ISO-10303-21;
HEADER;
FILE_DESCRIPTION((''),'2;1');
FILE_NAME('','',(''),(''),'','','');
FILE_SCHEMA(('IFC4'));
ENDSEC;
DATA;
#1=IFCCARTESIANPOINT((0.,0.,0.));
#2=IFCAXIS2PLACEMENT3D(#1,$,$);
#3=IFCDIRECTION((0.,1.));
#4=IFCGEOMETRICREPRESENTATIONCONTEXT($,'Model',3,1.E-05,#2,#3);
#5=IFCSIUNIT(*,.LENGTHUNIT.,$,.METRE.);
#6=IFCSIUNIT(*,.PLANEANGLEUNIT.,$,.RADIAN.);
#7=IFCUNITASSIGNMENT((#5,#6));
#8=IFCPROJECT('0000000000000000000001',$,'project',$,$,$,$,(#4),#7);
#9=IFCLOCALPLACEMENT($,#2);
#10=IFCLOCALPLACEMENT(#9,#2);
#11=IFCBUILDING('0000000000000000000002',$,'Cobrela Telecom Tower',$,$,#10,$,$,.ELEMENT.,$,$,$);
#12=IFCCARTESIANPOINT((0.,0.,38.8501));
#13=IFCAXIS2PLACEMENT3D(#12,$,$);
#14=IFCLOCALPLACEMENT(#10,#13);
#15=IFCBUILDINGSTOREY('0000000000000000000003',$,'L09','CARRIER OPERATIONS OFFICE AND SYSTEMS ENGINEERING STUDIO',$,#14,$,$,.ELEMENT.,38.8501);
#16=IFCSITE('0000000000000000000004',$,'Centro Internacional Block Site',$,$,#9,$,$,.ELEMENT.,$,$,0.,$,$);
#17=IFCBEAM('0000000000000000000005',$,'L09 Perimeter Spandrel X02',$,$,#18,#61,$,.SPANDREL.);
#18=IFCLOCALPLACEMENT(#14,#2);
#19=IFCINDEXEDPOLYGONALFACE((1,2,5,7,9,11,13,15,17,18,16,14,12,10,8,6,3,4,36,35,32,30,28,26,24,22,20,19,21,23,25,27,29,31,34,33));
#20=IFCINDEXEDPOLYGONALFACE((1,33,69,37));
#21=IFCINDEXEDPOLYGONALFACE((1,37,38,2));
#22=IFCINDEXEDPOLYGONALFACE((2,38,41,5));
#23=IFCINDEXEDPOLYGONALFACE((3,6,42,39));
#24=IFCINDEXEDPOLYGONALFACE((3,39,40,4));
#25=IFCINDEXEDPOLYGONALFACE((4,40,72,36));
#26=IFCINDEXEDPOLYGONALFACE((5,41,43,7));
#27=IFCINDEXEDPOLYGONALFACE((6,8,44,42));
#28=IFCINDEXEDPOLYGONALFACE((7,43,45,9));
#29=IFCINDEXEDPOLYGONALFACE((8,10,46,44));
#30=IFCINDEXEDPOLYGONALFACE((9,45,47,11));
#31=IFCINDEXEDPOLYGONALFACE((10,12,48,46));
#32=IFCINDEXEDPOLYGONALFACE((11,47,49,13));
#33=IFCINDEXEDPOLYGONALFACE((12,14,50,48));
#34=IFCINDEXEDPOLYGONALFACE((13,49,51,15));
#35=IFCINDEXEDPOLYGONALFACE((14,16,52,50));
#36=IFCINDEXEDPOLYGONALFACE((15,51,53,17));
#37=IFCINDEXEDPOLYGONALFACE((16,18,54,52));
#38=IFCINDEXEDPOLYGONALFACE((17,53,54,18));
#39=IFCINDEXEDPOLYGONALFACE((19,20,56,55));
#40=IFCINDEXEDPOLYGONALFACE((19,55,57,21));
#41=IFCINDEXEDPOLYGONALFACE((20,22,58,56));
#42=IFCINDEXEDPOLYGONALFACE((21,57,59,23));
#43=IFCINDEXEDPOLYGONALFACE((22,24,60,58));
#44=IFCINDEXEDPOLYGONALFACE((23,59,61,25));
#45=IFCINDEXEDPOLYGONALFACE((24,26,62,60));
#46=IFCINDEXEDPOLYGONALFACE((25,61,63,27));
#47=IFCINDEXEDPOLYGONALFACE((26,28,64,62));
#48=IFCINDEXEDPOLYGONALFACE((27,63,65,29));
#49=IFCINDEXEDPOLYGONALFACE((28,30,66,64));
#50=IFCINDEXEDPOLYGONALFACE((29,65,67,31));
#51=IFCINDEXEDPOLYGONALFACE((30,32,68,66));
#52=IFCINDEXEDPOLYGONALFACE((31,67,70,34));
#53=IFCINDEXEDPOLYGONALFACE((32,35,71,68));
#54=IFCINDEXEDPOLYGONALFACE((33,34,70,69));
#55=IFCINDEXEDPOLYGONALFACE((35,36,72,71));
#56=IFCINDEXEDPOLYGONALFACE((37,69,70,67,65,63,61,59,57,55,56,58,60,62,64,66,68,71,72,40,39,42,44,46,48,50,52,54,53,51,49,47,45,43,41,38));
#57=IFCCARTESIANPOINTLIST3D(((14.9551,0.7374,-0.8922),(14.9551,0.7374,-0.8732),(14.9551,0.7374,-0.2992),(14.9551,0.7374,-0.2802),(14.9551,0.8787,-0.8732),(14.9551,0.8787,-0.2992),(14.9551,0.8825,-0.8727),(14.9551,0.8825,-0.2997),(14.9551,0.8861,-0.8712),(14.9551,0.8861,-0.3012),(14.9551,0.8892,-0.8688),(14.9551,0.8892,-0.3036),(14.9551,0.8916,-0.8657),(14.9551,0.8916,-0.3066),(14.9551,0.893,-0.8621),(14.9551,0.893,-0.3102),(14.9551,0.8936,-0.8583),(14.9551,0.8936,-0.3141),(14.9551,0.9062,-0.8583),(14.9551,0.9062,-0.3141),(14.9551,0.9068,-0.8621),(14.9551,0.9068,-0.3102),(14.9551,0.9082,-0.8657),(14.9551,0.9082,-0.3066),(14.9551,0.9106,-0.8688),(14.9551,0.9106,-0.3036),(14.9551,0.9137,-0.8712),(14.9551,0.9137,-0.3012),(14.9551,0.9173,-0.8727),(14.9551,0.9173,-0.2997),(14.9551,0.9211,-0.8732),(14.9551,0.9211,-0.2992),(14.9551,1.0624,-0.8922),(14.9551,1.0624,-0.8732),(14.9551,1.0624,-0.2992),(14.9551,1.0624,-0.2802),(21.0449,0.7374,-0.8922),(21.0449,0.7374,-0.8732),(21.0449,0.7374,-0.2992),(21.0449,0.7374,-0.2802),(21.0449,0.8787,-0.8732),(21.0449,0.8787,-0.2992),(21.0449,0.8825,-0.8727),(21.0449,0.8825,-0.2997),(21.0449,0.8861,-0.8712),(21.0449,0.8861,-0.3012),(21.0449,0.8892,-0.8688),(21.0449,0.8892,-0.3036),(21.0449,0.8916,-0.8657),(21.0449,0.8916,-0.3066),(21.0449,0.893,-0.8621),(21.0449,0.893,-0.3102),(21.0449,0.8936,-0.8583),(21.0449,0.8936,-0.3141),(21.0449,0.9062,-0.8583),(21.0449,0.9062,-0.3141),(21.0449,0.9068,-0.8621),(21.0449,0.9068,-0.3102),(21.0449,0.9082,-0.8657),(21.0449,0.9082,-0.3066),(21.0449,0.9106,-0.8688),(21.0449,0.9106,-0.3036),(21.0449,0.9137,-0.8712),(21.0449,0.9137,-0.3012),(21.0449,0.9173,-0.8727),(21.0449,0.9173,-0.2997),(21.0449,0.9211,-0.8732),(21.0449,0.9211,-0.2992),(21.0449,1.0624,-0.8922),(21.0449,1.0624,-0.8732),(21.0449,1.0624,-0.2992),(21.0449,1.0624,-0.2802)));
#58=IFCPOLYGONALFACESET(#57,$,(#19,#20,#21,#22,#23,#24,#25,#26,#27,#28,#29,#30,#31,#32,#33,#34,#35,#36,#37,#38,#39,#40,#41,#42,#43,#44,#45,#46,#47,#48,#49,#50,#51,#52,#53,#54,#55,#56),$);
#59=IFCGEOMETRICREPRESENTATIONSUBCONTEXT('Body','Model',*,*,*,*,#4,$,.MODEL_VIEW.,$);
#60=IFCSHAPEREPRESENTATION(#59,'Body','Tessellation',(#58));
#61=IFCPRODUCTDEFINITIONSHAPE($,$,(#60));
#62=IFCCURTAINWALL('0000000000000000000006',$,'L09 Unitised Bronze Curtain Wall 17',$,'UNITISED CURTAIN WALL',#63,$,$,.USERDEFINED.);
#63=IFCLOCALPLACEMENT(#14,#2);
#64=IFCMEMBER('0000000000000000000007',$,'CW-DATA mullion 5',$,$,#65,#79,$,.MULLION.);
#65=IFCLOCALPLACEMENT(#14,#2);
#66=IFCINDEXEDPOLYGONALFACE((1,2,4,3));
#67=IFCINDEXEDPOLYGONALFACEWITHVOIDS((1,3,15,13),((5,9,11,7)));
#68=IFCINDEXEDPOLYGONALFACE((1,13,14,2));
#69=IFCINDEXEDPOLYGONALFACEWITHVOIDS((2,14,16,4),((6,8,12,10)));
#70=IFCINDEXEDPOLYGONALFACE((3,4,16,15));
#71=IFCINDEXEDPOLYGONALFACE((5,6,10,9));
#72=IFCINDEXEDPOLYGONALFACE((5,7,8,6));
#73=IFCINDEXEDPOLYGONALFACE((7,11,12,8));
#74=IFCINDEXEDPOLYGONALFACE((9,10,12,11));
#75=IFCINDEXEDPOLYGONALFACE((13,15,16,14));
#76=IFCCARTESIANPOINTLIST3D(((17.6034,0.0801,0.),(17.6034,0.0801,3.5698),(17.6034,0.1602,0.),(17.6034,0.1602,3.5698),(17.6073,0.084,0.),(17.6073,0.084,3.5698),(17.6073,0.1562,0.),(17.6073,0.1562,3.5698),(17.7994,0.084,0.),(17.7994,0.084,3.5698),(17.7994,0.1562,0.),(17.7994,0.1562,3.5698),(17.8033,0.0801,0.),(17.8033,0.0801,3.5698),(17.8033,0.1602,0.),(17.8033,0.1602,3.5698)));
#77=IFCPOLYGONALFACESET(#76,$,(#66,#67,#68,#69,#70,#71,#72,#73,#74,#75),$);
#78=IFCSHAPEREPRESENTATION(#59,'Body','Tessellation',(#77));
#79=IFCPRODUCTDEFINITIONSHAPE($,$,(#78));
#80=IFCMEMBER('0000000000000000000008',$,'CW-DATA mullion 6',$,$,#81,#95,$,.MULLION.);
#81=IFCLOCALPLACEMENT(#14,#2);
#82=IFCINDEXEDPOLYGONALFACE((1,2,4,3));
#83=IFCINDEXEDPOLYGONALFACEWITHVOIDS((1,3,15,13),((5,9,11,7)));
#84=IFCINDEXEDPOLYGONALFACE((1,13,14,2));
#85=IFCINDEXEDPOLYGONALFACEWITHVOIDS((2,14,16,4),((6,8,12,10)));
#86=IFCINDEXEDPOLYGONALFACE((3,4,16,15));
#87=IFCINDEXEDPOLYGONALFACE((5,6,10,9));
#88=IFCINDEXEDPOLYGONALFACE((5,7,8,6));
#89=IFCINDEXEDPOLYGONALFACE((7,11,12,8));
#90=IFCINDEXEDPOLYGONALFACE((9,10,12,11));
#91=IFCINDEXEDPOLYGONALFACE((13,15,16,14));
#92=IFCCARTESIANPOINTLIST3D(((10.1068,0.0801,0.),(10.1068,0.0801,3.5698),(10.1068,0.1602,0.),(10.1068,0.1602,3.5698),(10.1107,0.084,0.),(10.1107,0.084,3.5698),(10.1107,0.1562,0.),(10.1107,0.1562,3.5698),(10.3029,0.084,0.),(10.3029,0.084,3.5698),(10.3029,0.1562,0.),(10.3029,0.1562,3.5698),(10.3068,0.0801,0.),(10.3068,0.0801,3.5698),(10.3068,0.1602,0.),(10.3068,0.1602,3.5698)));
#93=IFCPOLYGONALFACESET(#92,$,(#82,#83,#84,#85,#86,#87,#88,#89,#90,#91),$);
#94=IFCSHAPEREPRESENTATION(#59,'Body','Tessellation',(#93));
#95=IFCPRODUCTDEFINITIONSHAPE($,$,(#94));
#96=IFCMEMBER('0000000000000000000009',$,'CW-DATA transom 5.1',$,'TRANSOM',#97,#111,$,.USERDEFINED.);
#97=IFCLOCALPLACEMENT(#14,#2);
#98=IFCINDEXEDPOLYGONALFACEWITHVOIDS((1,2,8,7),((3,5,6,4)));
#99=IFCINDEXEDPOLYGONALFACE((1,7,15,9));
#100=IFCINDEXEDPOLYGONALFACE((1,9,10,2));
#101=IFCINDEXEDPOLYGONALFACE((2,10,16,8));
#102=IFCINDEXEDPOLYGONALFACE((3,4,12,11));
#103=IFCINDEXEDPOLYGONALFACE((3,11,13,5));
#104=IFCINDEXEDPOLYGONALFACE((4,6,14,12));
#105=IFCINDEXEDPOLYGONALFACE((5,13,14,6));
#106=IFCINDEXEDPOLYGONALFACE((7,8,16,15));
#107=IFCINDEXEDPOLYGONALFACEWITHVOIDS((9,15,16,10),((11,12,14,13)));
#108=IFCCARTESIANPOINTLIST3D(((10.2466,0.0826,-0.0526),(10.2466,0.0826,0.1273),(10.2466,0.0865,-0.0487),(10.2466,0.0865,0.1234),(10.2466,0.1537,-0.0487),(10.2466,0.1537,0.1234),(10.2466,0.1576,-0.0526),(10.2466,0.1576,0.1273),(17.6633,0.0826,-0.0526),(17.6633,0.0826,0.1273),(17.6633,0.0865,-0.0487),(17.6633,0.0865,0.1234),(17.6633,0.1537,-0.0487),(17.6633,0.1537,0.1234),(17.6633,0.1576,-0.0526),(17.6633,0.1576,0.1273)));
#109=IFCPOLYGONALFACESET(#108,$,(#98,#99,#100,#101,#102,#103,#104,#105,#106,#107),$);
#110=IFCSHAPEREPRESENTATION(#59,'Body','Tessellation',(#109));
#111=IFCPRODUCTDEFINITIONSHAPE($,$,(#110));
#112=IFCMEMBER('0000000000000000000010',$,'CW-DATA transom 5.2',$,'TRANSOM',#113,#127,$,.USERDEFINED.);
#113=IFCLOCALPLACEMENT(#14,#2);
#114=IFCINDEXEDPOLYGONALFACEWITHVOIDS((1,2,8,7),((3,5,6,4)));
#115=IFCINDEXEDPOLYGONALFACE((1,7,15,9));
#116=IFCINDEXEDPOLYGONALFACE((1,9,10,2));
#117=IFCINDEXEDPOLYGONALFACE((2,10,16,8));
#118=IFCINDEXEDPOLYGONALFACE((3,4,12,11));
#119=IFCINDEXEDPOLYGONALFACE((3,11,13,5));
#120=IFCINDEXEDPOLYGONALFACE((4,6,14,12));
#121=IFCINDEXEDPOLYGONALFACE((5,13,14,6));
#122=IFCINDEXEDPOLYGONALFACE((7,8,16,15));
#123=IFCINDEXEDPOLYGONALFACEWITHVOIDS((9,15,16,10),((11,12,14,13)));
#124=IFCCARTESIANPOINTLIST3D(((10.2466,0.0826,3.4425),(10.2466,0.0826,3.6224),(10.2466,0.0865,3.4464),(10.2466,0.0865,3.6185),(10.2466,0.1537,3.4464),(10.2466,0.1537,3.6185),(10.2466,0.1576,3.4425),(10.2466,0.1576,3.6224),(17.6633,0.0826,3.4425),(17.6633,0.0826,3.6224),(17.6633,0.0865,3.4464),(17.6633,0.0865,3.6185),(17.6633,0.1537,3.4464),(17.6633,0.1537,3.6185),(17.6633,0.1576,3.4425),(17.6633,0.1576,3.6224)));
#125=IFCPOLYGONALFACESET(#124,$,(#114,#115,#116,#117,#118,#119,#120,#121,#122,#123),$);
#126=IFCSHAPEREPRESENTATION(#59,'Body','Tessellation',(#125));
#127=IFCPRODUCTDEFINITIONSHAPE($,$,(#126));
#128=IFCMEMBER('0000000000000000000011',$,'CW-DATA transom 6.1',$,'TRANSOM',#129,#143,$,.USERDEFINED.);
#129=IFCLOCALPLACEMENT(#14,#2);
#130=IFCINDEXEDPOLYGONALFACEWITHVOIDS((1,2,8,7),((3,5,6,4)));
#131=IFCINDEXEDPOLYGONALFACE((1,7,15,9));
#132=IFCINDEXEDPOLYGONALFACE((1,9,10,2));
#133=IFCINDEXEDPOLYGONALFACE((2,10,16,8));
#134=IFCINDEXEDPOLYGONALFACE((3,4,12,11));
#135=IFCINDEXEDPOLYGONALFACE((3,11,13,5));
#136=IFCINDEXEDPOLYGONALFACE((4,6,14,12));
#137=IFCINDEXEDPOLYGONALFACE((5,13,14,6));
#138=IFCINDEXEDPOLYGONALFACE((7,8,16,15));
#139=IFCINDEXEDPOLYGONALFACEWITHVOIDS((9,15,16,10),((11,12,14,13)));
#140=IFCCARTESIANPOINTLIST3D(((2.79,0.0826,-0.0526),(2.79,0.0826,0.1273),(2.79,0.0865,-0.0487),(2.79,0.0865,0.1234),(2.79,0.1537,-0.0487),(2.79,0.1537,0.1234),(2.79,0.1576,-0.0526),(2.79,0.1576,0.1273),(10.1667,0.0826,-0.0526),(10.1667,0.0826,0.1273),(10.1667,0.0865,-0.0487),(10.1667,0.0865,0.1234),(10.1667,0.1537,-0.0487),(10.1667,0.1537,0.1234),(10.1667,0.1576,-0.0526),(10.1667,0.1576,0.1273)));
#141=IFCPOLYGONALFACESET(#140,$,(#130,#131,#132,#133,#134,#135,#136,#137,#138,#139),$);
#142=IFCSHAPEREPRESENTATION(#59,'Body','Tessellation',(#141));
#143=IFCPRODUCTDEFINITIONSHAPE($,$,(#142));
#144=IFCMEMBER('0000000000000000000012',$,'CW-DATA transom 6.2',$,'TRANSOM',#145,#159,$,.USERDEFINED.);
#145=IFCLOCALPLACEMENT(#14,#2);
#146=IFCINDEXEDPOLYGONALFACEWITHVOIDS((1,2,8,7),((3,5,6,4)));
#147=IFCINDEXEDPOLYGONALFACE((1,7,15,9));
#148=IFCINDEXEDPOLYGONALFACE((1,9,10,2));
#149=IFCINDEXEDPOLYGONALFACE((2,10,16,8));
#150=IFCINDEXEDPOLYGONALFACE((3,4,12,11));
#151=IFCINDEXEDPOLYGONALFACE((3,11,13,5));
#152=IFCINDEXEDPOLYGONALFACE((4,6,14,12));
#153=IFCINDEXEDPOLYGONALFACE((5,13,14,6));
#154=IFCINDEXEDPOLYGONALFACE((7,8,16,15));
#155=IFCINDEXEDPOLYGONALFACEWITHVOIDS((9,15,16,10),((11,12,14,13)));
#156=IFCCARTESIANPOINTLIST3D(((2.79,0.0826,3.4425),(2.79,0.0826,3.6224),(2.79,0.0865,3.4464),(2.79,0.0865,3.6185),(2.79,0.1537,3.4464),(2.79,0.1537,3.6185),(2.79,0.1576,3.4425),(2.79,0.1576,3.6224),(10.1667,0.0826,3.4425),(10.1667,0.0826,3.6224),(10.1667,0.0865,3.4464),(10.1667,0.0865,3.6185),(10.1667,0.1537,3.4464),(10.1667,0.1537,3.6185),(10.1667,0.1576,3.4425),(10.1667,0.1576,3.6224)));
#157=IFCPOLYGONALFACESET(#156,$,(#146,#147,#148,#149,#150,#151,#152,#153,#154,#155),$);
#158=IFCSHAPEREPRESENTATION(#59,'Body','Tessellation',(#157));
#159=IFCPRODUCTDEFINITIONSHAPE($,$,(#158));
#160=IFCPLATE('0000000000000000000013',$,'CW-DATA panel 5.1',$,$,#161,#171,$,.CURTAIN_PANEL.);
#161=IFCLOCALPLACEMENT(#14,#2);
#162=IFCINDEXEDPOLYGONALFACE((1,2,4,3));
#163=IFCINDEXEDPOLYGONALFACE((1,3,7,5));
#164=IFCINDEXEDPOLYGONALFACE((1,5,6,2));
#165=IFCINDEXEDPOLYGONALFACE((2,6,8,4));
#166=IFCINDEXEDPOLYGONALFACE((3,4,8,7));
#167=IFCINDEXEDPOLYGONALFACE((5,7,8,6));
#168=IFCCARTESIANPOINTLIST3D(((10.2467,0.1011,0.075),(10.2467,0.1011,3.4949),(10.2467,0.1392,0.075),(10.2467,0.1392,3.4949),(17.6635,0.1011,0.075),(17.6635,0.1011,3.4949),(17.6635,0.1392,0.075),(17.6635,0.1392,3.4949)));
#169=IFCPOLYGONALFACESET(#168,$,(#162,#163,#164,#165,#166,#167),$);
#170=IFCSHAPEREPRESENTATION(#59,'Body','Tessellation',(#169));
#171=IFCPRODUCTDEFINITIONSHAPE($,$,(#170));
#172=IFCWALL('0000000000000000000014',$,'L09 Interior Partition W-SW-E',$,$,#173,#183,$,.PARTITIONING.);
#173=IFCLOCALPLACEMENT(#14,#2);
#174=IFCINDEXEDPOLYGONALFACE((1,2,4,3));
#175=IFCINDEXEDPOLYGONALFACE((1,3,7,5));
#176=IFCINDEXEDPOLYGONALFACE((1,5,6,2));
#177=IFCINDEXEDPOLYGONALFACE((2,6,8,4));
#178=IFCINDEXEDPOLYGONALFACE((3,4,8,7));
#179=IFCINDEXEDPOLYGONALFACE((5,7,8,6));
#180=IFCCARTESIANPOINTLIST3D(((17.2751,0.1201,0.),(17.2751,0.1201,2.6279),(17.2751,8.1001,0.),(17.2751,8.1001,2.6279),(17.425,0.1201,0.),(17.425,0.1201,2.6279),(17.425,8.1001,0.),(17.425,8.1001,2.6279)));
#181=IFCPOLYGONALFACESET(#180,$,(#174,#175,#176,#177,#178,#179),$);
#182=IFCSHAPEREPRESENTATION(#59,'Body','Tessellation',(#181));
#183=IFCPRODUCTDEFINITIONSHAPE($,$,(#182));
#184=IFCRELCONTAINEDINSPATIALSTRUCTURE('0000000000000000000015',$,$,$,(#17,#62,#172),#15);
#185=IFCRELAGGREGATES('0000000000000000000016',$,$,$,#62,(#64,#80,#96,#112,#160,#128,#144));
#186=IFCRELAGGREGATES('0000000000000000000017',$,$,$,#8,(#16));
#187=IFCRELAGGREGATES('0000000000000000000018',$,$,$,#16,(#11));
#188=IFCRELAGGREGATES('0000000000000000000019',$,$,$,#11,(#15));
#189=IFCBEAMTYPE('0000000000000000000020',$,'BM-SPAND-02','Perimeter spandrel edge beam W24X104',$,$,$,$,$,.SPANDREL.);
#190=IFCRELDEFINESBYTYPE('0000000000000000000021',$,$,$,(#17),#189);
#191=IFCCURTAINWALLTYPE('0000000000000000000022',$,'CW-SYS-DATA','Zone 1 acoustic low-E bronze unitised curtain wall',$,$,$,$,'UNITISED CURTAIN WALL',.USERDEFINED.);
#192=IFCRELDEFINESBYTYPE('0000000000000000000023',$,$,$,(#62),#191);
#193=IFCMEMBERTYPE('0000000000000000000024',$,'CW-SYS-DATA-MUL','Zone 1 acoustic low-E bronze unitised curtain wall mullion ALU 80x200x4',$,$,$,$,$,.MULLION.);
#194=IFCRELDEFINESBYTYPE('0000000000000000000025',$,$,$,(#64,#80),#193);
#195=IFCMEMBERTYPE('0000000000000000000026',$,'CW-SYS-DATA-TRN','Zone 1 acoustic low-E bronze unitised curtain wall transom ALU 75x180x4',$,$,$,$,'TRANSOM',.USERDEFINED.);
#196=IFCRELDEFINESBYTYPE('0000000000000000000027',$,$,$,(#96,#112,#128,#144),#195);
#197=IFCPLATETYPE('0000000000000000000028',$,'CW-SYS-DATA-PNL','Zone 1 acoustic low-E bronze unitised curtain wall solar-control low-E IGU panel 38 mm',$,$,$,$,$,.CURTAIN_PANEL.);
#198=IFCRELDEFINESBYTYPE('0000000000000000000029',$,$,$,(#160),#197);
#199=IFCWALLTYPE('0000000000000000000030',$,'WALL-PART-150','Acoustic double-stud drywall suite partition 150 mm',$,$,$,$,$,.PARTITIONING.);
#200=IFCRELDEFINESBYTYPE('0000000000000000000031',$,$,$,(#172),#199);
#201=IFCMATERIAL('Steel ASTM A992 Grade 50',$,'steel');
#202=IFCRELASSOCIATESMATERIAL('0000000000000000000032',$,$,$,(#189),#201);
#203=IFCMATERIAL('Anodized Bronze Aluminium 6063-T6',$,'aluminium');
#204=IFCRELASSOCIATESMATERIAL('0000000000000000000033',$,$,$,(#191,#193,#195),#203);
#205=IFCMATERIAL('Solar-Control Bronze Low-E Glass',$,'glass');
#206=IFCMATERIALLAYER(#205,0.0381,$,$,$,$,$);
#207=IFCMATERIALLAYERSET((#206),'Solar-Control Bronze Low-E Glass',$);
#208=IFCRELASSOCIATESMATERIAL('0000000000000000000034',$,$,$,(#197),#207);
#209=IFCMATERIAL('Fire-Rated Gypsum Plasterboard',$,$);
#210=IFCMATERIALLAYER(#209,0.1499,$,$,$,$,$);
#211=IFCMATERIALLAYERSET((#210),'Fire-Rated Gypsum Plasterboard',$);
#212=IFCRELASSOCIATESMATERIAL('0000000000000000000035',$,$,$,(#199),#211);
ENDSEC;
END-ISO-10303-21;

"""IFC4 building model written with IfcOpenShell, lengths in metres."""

from ifc_helpers import new_model, si_unit, direction, frame, frame_2d, origin, origin_2d, place, context, subcontext, project, spatial, rectangle, hollow_rectangle, i_section, extrude, material, layer, layer_set, material_profile, profile_set, type_object, element, aggregate, save


model = new_model("IFC4")

# Units and contexts
model_context = context("Model", 3, precision=1e-05, world=origin(), true_north=direction((0.0, 1.0)))
body_context = subcontext(model_context, "Body", "Model", "MODEL_VIEW")
ifc_project = project(units=[si_unit("LENGTHUNIT", "METRE"), si_unit("PLANEANGLEUNIT", "RADIAN")], contexts=[model_context])

# Site, building, storey
site_placement = place(None, origin())
site = spatial("IfcSite", under=ifc_project, at=site_placement, Name="Centro Internacional Block Site", CompositionType="ELEMENT", RefElevation=0.0)
building_placement = place(site_placement, origin())
building = spatial("IfcBuilding", under=site, at=building_placement, Name="Cobrela Telecom Tower", CompositionType="ELEMENT")
storey_placement = place(building_placement, frame((0.0, 0.0, 38.8501)))
storey = spatial("IfcBuildingStorey", under=building, at=storey_placement, Name="L09", Description="CARRIER OPERATIONS OFFICE AND SYSTEMS ENGINEERING STUDIO", CompositionType="ELEMENT", Elevation=38.8501)

# Beam
ifc_material_1 = material(Name="Steel ASTM A992 Grade 50", Category="steel")
ifc_material_profile_1 = material_profile(ifc_material_1, i_section(OverallWidth=0.325, OverallDepth=0.6121, WebThickness=0.0127, FlangeThickness=0.019, FilletRadius=0.0149, at=origin_2d()), Name="W24X104")
ifc_profile_set_1 = profile_set([ifc_material_profile_1], Name="Steel ASTM A992 Grade 50")
beam_type_1 = type_object("IfcBeamType", Name="BM-SPAND-02", Description="Perimeter spandrel edge beam W24X104", PredefinedType="SPANDREL", material=ifc_profile_set_1)
beam_1_placement = place(storey_placement, frame((14.9551, 0.8999, -0.5862), z_axis=(1.0, 0.0, 0.0), x_axis=(0.0, 1.0, 0.0)))
element("IfcBeam", 1, at=beam_1_placement, inside=storey, type_object=beam_type_1, Name="L09 Perimeter Spandrel X02", PredefinedType="SPANDREL", context=body_context, shape_type="SweptSolid", body=[
    extrude(i_section(OverallWidth=0.325, OverallDepth=0.6121, WebThickness=0.0127, FlangeThickness=0.019, FilletRadius=0.0149, at=origin_2d()), origin(), (0.0, 0.0, 1.0), 6.0898),
])

# Curtain wall, members, plate
ifc_material_2 = material(Name="Anodized Bronze Aluminium 6063-T6", Category="aluminium")
curtain_wall_type = type_object("IfcCurtainWallType", Name="CW-SYS-DATA", Description="Zone 1 acoustic low-E bronze unitised curtain wall", ElementType="UNITISED CURTAIN WALL", PredefinedType="USERDEFINED", material=ifc_material_2)
curtain_wall_placement = place(storey_placement, origin())
curtain_wall = element("IfcCurtainWall", 2, at=curtain_wall_placement, inside=storey, type_object=curtain_wall_type, Name="L09 Unitised Bronze Curtain Wall 17", ObjectType="UNITISED CURTAIN WALL", PredefinedType="USERDEFINED")
ifc_material_profile_2 = material_profile(ifc_material_2, hollow_rectangle(XDim=0.0801, YDim=0.2, WallThickness=0.0039, at=origin_2d()), Name="ALU 80x200x4")
ifc_profile_set_2 = profile_set([ifc_material_profile_2], Name="Anodized Bronze Aluminium 6063-T6")
member_type_1 = type_object("IfcMemberType", Name="CW-SYS-DATA-MUL", Description="Zone 1 acoustic low-E bronze unitised curtain wall mullion ALU 80x200x4", PredefinedType="MULLION", material=ifc_profile_set_2)
member_1_placement = place(storey_placement, frame((17.7034, 0.1201, 0.0), z_axis=(0.0, 0.0, 1.0), x_axis=(0.0, -1.0, 0.0)))
member_1 = element("IfcMember", 3, at=member_1_placement, type_object=member_type_1, Name="CW-DATA mullion 5", PredefinedType="MULLION", context=body_context, shape_type="SweptSolid", body=[
    extrude(hollow_rectangle(XDim=0.0801, YDim=0.2, WallThickness=0.0039, at=origin_2d()), origin(), (0.0, 0.0, 1.0), 3.5698),
])
member_2_placement = place(storey_placement, frame((10.2068, 0.1201, 0.0), z_axis=(0.0, 0.0, 1.0), x_axis=(0.0, -1.0, 0.0)))
member_2 = element("IfcMember", 4, at=member_2_placement, type_object=member_type_1, Name="CW-DATA mullion 6", PredefinedType="MULLION", context=body_context, shape_type="SweptSolid", body=[
    extrude(hollow_rectangle(XDim=0.0801, YDim=0.2, WallThickness=0.0039, at=origin_2d()), origin(), (0.0, 0.0, 1.0), 3.5698),
])
ifc_material_profile_3 = material_profile(ifc_material_2, hollow_rectangle(XDim=0.075, YDim=0.1799, WallThickness=0.0039, at=origin_2d()), Name="ALU 75x180x4")
ifc_profile_set_3 = profile_set([ifc_material_profile_3], Name="Anodized Bronze Aluminium 6063-T6")
member_type_2 = type_object("IfcMemberType", Name="CW-SYS-DATA-TRN", Description="Zone 1 acoustic low-E bronze unitised curtain wall transom ALU 75x180x4", ElementType="TRANSOM", PredefinedType="USERDEFINED", material=ifc_profile_set_3)
member_3_placement = place(storey_placement, frame((17.6633, 0.1201, 0.0374), z_axis=(-1.0, 0.0, 0.0), x_axis=(0.0, -1.0, 0.0)))
member_3 = element("IfcMember", 5, at=member_3_placement, type_object=member_type_2, Name="CW-DATA transom 5.1", ObjectType="TRANSOM", PredefinedType="USERDEFINED", context=body_context, shape_type="SweptSolid", body=[
    extrude(hollow_rectangle(XDim=0.075, YDim=0.1799, WallThickness=0.0039, at=origin_2d()), origin(), (0.0, 0.0, 1.0), 7.4167),
])
member_4_placement = place(storey_placement, frame((17.6633, 0.1201, 3.5325), z_axis=(-1.0, 0.0, 0.0), x_axis=(0.0, -1.0, 0.0)))
member_4 = element("IfcMember", 6, at=member_4_placement, type_object=member_type_2, Name="CW-DATA transom 5.2", ObjectType="TRANSOM", PredefinedType="USERDEFINED", context=body_context, shape_type="SweptSolid", body=[
    extrude(hollow_rectangle(XDim=0.075, YDim=0.1799, WallThickness=0.0039, at=origin_2d()), origin(), (0.0, 0.0, 1.0), 7.4167),
])
member_5_placement = place(storey_placement, frame((10.1667, 0.1201, 0.0374), z_axis=(-1.0, 0.0, 0.0), x_axis=(0.0, -1.0, 0.0)))
member_5 = element("IfcMember", 7, at=member_5_placement, type_object=member_type_2, Name="CW-DATA transom 6.1", ObjectType="TRANSOM", PredefinedType="USERDEFINED", context=body_context, shape_type="SweptSolid", body=[
    extrude(hollow_rectangle(XDim=0.075, YDim=0.1799, WallThickness=0.0039, at=origin_2d()), origin(), (0.0, 0.0, 1.0), 7.3767),
])
member_6_placement = place(storey_placement, frame((10.1667, 0.1201, 3.5325), z_axis=(-1.0, 0.0, 0.0), x_axis=(0.0, -1.0, 0.0)))
member_6 = element("IfcMember", 8, at=member_6_placement, type_object=member_type_2, Name="CW-DATA transom 6.2", ObjectType="TRANSOM", PredefinedType="USERDEFINED", context=body_context, shape_type="SweptSolid", body=[
    extrude(hollow_rectangle(XDim=0.075, YDim=0.1799, WallThickness=0.0039, at=origin_2d()), origin(), (0.0, 0.0, 1.0), 7.3767),
])
ifc_material_3 = material(Name="Solar-Control Bronze Low-E Glass", Category="glass")
ifc_layer_1 = layer(ifc_material_3, 0.0381)
ifc_layer_set_1 = layer_set([ifc_layer_1], Name="Solar-Control Bronze Low-E Glass")
plate_type = type_object("IfcPlateType", Name="CW-SYS-DATA-PNL", Description="Zone 1 acoustic low-E bronze unitised curtain wall solar-control low-E IGU panel 38 mm", PredefinedType="CURTAIN_PANEL", material=ifc_layer_set_1)
plate_placement = place(storey_placement, frame((13.9551, 0.1201, 0.075), z_axis=(0.0, 0.0, 1.0), x_axis=(-1.0, 0.0, 0.0)))
plate = element("IfcPlate", 9, at=plate_placement, type_object=plate_type, Name="CW-DATA panel 5.1", PredefinedType="CURTAIN_PANEL", context=body_context, shape_type="SweptSolid", body=[
    extrude(rectangle(XDim=7.4167, YDim=0.0381, at=origin_2d()), origin(), (0.0, 0.0, 1.0), 3.4199),
])
aggregate(curtain_wall, [member_1, member_2, member_3, member_4, plate, member_5, member_6])

# Wall
ifc_material_4 = material(Name="Fire-Rated Gypsum Plasterboard")
ifc_layer_2 = layer(ifc_material_4, 0.1499)
ifc_layer_set_2 = layer_set([ifc_layer_2], Name="Fire-Rated Gypsum Plasterboard")
wall_type = type_object("IfcWallType", Name="WALL-PART-150", Description="Acoustic double-stud drywall suite partition 150 mm", PredefinedType="PARTITIONING", material=ifc_layer_set_2)
wall_placement = place(storey_placement, frame((17.3501, 0.1201, 0.0), z_axis=(0.0, 0.0, 1.0), x_axis=(0.0, 1.0, 0.0)))
element("IfcWall", 10, at=wall_placement, inside=storey, type_object=wall_type, Name="L09 Interior Partition W-SW-E", PredefinedType="PARTITIONING", context=body_context, shape_type="SweptSolid", body=[
    extrude(rectangle(XDim=7.98, YDim=0.1499, at=frame_2d((3.99, 0.0))), origin(), (0.0, 0.0, 1.0), 2.6279),
])

save(model, "model.ifc")
